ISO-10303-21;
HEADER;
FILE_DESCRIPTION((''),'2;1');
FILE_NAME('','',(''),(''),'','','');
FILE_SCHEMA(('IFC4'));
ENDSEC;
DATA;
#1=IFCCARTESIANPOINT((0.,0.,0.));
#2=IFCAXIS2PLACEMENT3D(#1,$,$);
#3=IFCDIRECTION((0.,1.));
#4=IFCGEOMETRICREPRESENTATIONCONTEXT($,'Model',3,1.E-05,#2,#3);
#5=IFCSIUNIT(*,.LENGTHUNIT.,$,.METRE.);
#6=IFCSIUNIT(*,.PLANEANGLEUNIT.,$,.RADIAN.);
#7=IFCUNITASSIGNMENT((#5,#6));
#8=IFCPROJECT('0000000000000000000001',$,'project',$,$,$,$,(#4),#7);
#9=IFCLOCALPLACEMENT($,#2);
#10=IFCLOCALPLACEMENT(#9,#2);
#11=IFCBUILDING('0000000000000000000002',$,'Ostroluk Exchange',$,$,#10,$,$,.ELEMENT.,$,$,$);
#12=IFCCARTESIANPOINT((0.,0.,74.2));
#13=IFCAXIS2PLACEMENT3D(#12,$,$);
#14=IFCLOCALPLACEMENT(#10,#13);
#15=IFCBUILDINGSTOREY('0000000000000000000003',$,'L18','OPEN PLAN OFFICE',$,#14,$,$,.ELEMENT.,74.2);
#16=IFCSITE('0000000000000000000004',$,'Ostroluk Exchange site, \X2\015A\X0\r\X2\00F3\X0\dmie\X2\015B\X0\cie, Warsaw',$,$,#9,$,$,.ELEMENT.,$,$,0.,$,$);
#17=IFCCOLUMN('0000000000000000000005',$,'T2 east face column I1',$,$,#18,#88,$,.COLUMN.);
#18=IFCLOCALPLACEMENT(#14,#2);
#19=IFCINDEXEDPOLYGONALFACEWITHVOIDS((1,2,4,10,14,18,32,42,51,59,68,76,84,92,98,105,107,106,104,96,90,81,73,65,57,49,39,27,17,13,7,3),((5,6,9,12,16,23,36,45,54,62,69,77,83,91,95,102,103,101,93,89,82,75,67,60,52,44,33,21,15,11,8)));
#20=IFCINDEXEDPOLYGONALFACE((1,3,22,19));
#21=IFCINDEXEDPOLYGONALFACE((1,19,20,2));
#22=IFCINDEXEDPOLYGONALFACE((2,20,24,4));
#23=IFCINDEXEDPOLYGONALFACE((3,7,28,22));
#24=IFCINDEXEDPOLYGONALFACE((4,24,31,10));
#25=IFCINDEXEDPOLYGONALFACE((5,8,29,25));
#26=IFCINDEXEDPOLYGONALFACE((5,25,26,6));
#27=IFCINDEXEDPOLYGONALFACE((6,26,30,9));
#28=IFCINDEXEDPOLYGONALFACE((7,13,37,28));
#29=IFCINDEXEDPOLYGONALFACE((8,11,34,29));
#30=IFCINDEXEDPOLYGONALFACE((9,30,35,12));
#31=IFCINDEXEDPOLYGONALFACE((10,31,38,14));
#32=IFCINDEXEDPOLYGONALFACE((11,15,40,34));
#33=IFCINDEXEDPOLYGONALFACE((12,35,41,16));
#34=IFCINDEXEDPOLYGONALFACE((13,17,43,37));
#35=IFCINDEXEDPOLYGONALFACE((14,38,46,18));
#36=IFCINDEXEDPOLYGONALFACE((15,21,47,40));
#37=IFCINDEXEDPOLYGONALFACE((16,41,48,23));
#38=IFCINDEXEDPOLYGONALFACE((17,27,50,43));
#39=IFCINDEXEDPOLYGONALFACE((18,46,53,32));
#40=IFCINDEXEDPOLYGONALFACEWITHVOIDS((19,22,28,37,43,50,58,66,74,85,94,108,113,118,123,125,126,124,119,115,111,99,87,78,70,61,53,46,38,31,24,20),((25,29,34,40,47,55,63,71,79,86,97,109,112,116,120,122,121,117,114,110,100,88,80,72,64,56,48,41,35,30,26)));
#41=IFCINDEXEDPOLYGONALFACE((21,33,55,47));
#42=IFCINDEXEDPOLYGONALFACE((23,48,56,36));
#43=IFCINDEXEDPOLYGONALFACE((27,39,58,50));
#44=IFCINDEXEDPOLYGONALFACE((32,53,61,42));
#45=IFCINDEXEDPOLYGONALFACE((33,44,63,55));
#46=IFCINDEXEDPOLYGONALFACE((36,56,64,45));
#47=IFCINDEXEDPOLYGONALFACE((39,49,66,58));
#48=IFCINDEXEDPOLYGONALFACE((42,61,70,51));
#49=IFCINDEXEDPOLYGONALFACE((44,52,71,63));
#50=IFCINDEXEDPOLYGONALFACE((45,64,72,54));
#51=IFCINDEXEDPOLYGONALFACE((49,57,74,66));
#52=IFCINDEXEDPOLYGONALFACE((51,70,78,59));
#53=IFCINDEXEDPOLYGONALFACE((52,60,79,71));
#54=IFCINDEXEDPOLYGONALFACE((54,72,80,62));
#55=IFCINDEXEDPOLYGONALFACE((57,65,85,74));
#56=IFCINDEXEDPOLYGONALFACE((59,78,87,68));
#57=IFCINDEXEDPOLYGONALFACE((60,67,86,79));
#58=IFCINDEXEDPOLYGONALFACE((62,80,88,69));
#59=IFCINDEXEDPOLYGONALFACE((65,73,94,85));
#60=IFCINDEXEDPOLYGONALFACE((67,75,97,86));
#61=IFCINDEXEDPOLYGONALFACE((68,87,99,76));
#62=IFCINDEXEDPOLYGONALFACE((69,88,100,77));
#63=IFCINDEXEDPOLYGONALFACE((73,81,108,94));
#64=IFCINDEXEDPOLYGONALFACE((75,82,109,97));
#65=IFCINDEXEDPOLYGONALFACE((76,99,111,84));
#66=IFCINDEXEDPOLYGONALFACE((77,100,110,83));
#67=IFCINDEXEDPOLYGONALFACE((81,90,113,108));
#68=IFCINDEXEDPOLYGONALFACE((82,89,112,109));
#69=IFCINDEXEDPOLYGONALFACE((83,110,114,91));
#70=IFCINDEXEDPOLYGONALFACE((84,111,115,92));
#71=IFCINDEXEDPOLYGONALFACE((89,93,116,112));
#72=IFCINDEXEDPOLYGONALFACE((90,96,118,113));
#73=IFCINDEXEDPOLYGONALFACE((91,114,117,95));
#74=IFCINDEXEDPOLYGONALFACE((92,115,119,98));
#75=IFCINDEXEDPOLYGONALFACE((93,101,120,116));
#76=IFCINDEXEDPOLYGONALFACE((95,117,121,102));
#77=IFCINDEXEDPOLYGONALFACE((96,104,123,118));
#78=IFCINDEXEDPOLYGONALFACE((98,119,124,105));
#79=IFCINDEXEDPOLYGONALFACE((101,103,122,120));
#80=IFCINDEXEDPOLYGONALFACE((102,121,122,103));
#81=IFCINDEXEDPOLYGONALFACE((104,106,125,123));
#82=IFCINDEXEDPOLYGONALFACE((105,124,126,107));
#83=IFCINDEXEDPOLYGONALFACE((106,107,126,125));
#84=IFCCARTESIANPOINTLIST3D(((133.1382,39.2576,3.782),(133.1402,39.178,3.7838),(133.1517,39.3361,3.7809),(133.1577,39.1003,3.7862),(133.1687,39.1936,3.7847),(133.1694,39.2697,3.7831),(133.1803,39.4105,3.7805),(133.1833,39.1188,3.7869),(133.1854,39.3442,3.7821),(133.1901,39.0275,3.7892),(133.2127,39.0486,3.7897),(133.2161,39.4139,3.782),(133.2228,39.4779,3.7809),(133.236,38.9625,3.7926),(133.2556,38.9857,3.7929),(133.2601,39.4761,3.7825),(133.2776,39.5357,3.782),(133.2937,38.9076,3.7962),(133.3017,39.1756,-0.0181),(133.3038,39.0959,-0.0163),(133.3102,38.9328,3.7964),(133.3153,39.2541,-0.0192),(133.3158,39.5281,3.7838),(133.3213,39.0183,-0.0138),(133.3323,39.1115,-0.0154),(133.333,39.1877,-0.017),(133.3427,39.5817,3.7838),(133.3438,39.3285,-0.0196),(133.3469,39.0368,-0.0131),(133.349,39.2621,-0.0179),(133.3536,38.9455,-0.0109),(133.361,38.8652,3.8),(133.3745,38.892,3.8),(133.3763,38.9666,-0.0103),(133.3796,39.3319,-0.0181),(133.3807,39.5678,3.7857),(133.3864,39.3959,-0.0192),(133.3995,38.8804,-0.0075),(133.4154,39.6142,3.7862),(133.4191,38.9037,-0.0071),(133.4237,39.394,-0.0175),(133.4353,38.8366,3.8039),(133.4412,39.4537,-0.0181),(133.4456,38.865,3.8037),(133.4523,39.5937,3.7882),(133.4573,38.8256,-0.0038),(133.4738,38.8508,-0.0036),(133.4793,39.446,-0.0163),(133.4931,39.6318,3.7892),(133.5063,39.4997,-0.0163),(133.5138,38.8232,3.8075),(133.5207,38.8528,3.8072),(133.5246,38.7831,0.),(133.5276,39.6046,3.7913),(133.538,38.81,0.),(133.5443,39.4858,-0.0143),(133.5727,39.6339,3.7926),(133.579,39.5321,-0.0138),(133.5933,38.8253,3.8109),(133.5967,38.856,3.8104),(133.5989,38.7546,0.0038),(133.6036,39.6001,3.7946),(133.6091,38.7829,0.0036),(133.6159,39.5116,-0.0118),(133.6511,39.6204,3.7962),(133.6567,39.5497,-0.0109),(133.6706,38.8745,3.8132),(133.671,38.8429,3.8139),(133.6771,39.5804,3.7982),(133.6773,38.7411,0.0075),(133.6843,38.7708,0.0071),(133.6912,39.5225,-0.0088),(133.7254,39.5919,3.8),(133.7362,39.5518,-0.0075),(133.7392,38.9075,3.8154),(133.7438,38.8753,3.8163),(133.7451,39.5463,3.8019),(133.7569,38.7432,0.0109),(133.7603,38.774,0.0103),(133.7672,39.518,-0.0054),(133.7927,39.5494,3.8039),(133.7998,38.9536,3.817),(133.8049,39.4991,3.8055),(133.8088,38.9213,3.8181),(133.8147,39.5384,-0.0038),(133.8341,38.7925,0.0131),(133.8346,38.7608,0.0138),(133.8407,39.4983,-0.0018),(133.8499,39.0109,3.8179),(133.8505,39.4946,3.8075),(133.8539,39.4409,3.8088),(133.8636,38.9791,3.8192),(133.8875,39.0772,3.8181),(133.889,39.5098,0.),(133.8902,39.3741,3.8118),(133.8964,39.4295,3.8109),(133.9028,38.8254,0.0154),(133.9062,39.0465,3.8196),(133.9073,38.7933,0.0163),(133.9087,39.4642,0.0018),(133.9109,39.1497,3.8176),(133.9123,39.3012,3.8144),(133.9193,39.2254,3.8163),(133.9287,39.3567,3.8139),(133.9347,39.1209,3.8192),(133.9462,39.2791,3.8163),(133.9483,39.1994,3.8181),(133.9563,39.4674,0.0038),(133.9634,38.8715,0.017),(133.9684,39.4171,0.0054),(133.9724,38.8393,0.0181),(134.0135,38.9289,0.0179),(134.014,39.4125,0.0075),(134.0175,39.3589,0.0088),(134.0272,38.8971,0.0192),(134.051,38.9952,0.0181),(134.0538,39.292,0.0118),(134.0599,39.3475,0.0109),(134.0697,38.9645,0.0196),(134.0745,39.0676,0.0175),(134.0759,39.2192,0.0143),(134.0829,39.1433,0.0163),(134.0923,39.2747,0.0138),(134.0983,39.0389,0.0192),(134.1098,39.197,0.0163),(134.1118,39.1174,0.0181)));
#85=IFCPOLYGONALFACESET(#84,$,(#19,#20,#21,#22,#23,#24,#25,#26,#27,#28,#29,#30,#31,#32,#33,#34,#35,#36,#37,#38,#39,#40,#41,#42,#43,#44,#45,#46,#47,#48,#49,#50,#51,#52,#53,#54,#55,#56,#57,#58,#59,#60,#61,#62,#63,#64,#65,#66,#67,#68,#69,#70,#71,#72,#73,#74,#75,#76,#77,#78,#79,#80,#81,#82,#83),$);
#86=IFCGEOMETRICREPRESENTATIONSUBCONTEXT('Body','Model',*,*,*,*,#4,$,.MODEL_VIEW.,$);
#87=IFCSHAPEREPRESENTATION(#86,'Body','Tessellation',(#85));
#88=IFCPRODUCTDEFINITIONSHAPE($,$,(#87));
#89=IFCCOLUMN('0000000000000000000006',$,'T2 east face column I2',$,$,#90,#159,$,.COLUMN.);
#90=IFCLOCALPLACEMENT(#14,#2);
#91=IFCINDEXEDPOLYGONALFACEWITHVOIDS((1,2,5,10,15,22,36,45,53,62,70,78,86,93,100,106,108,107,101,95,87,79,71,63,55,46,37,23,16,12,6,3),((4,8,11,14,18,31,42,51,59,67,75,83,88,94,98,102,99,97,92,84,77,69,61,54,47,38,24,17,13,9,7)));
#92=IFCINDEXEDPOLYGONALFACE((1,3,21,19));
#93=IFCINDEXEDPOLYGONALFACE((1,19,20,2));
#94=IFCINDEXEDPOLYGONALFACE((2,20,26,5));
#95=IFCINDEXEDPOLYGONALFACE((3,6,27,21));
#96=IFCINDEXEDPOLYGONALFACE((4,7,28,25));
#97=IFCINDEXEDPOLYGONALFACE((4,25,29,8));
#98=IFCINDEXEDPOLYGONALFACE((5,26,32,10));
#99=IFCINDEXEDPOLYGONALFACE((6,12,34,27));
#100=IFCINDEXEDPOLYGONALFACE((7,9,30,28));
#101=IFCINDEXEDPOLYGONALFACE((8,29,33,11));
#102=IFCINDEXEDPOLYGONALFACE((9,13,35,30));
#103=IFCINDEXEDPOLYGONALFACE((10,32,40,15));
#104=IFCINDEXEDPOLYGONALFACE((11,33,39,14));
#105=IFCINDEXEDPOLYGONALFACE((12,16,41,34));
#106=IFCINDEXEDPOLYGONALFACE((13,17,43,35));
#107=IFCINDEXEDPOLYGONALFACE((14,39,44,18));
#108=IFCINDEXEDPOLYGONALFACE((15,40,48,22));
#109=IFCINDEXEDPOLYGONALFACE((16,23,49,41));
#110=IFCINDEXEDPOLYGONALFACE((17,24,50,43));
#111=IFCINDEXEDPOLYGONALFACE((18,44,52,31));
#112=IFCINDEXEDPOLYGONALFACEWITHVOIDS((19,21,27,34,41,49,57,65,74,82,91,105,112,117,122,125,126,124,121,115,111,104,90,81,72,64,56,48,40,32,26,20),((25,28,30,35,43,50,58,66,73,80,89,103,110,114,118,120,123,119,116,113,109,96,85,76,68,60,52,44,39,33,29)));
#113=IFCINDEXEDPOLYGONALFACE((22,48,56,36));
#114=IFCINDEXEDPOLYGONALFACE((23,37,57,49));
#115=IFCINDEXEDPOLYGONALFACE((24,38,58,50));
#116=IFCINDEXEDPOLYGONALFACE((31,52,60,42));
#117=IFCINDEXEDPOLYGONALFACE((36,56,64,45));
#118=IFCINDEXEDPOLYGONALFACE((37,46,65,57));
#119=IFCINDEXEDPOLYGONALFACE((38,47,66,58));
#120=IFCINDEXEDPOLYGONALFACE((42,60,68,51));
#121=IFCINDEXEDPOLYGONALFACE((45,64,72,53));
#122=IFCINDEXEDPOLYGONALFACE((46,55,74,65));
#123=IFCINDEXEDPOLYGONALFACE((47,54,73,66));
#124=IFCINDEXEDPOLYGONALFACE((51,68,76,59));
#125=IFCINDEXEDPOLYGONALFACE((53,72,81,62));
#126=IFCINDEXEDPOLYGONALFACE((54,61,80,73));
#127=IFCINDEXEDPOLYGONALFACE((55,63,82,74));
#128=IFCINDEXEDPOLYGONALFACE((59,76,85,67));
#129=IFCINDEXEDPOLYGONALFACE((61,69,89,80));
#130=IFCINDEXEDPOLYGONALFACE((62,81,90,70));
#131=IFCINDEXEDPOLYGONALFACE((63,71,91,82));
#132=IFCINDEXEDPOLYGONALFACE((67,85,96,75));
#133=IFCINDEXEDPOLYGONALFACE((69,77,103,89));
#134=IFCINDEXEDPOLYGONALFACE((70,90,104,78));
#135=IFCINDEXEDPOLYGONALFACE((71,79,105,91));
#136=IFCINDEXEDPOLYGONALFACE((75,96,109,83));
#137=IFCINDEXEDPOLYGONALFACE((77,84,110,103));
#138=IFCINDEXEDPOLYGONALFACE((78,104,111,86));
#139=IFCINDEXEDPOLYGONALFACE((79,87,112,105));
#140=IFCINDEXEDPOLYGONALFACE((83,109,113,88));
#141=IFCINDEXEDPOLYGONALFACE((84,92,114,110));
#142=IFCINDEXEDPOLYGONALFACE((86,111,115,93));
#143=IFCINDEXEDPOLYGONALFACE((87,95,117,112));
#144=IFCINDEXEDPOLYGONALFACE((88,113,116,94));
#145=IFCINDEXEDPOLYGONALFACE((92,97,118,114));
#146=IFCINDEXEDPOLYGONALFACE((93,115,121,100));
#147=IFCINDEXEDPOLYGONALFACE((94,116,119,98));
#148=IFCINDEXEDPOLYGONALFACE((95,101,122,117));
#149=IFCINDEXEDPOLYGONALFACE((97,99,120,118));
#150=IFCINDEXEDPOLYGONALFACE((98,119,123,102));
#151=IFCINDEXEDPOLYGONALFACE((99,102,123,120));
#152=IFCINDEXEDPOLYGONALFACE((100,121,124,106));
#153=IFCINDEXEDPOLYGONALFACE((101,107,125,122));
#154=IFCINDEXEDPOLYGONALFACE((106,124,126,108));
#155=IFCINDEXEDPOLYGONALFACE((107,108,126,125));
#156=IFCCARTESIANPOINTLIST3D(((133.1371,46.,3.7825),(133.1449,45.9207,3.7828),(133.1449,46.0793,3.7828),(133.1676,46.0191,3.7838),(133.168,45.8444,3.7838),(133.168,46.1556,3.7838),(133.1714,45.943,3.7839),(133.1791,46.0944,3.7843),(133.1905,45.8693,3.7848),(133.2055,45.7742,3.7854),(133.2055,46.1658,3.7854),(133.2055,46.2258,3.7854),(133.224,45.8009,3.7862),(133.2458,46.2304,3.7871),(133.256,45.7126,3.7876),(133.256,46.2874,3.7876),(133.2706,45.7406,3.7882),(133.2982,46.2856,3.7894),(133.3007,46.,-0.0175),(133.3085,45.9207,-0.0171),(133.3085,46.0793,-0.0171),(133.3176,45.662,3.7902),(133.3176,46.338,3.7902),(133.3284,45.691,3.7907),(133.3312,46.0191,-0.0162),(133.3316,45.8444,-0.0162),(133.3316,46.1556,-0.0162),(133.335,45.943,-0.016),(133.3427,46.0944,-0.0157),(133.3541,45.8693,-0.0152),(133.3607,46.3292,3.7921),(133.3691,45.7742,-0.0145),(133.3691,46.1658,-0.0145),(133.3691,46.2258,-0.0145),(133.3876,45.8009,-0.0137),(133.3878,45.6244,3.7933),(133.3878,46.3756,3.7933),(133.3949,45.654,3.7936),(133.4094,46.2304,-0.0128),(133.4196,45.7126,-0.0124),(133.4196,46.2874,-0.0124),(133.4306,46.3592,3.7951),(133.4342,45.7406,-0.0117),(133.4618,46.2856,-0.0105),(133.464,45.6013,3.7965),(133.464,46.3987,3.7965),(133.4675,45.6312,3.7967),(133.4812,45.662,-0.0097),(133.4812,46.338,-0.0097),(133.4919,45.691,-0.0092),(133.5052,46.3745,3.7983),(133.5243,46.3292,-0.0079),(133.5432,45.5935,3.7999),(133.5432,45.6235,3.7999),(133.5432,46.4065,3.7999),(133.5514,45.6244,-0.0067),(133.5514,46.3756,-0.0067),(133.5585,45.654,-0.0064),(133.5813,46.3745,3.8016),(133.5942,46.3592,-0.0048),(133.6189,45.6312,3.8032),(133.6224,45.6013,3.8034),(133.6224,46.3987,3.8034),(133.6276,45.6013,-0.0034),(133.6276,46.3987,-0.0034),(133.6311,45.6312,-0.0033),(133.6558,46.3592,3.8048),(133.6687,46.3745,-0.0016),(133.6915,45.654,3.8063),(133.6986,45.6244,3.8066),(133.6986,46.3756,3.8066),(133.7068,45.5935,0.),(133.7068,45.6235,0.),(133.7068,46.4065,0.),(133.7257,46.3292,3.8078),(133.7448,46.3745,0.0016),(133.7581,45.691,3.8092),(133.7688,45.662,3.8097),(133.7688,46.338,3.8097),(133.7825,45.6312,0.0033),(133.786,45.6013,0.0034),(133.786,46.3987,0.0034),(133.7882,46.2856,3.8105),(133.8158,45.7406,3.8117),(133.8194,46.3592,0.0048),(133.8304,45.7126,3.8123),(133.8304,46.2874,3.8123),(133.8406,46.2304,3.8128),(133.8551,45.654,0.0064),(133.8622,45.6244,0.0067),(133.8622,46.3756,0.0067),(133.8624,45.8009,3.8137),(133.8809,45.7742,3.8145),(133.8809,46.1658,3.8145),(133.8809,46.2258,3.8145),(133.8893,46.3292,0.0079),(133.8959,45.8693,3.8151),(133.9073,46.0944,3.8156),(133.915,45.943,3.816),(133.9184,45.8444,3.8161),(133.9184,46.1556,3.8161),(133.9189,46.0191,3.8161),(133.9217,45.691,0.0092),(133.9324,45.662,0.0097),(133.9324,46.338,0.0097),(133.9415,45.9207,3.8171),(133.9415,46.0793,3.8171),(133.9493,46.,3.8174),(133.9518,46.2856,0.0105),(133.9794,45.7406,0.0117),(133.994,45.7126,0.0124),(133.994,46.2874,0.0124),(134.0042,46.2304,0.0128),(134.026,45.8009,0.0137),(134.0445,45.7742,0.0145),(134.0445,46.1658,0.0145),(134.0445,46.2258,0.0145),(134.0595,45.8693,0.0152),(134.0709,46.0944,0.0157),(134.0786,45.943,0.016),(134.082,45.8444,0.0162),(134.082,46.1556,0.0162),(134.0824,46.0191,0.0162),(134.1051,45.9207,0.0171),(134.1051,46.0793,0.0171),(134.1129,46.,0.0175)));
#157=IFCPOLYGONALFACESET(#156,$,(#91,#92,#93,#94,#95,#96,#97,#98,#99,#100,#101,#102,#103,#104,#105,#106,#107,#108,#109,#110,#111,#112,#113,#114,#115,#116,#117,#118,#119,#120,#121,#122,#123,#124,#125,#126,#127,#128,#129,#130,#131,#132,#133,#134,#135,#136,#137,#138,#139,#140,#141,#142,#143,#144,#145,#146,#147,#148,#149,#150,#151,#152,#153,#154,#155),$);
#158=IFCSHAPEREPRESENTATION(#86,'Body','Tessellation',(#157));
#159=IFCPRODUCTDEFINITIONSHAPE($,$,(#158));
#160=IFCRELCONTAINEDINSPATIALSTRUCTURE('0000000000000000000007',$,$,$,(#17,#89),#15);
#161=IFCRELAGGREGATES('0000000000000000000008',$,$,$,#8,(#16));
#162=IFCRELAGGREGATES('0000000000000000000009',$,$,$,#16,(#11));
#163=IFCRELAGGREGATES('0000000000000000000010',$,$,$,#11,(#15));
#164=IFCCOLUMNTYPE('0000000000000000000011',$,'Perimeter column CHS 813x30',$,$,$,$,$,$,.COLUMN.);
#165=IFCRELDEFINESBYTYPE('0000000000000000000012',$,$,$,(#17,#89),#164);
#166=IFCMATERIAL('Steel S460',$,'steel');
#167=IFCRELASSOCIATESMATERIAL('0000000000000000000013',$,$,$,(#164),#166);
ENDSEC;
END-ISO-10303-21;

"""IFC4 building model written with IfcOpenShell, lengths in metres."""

from ifc_helpers import new_model, si_unit, direction, frame, origin, origin_2d, place, context, subcontext, project, spatial, hollow_circle, extrude, material, material_profile, profile_set, type_object, element, save


model = new_model("IFC4")

# Units and contexts
model_context = context("Model", 3, precision=1e-05, world=origin(), true_north=direction((0.0, 1.0)))
body_context = subcontext(model_context, "Body", "Model", "MODEL_VIEW")
ifc_project = project(units=[si_unit("LENGTHUNIT", "METRE"), si_unit("PLANEANGLEUNIT", "RADIAN")], contexts=[model_context])

# Site, building, storey
site_placement = place(None, origin())
site = spatial("IfcSite", under=ifc_project, at=site_placement, Name="Ostroluk Exchange site, Śródmieście, Warsaw", CompositionType="ELEMENT", RefElevation=0.0)
building_placement = place(site_placement, origin())
building = spatial("IfcBuilding", under=site, at=building_placement, Name="Ostroluk Exchange", CompositionType="ELEMENT")
storey_placement = place(building_placement, frame((0.0, 0.0, 74.2)))
storey = spatial("IfcBuildingStorey", under=building, at=storey_placement, Name="L18", Description="OPEN PLAN OFFICE", CompositionType="ELEMENT", Elevation=74.2)

# Columns
ifc_material_1 = material(Name="Steel S460", Category="steel")
ifc_material_profile_1 = material_profile(ifc_material_1, hollow_circle(Radius=0.4065, WallThickness=0.03, at=origin_2d()), Name="CHS 813x30")
ifc_profile_set_1 = profile_set([ifc_material_profile_1], Name="Steel S460")
column_type = type_object("IfcColumnType", Name="Perimeter column CHS 813x30", PredefinedType="COLUMN", material=ifc_profile_set_1)
column_1_placement = place(storey_placement, frame((133.7068, 39.1465, 0.0), z_axis=(-0.042995, 0.021562, 0.998843), x_axis=(-0.448281, -0.893893, 0.0)))
element("IfcColumn", 1, at=column_1_placement, inside=storey, type_object=column_type, Name="T2 east face column I1", PredefinedType="COLUMN", context=body_context, shape_type="SweptSolid", body=[
    extrude(hollow_circle(Radius=0.4065, WallThickness=0.03, at=origin_2d()), origin(), (0.0, 0.0, 1.0), 3.8044),
])
column_2_placement = place(storey_placement, frame((133.7068, 46.0, 0.0), z_axis=(-0.043005, 0.0, 0.999075), x_axis=(0.0, -1.0, 0.0)))
element("IfcColumn", 2, at=column_2_placement, inside=storey, type_object=column_type, Name="T2 east face column I2", PredefinedType="COLUMN", context=body_context, shape_type="SweptSolid", body=[
    extrude(hollow_circle(Radius=0.4065, WallThickness=0.03, at=origin_2d()), origin(), (0.0, 0.0, 1.0), 3.8035),
])

save(model, "model.ifc")
